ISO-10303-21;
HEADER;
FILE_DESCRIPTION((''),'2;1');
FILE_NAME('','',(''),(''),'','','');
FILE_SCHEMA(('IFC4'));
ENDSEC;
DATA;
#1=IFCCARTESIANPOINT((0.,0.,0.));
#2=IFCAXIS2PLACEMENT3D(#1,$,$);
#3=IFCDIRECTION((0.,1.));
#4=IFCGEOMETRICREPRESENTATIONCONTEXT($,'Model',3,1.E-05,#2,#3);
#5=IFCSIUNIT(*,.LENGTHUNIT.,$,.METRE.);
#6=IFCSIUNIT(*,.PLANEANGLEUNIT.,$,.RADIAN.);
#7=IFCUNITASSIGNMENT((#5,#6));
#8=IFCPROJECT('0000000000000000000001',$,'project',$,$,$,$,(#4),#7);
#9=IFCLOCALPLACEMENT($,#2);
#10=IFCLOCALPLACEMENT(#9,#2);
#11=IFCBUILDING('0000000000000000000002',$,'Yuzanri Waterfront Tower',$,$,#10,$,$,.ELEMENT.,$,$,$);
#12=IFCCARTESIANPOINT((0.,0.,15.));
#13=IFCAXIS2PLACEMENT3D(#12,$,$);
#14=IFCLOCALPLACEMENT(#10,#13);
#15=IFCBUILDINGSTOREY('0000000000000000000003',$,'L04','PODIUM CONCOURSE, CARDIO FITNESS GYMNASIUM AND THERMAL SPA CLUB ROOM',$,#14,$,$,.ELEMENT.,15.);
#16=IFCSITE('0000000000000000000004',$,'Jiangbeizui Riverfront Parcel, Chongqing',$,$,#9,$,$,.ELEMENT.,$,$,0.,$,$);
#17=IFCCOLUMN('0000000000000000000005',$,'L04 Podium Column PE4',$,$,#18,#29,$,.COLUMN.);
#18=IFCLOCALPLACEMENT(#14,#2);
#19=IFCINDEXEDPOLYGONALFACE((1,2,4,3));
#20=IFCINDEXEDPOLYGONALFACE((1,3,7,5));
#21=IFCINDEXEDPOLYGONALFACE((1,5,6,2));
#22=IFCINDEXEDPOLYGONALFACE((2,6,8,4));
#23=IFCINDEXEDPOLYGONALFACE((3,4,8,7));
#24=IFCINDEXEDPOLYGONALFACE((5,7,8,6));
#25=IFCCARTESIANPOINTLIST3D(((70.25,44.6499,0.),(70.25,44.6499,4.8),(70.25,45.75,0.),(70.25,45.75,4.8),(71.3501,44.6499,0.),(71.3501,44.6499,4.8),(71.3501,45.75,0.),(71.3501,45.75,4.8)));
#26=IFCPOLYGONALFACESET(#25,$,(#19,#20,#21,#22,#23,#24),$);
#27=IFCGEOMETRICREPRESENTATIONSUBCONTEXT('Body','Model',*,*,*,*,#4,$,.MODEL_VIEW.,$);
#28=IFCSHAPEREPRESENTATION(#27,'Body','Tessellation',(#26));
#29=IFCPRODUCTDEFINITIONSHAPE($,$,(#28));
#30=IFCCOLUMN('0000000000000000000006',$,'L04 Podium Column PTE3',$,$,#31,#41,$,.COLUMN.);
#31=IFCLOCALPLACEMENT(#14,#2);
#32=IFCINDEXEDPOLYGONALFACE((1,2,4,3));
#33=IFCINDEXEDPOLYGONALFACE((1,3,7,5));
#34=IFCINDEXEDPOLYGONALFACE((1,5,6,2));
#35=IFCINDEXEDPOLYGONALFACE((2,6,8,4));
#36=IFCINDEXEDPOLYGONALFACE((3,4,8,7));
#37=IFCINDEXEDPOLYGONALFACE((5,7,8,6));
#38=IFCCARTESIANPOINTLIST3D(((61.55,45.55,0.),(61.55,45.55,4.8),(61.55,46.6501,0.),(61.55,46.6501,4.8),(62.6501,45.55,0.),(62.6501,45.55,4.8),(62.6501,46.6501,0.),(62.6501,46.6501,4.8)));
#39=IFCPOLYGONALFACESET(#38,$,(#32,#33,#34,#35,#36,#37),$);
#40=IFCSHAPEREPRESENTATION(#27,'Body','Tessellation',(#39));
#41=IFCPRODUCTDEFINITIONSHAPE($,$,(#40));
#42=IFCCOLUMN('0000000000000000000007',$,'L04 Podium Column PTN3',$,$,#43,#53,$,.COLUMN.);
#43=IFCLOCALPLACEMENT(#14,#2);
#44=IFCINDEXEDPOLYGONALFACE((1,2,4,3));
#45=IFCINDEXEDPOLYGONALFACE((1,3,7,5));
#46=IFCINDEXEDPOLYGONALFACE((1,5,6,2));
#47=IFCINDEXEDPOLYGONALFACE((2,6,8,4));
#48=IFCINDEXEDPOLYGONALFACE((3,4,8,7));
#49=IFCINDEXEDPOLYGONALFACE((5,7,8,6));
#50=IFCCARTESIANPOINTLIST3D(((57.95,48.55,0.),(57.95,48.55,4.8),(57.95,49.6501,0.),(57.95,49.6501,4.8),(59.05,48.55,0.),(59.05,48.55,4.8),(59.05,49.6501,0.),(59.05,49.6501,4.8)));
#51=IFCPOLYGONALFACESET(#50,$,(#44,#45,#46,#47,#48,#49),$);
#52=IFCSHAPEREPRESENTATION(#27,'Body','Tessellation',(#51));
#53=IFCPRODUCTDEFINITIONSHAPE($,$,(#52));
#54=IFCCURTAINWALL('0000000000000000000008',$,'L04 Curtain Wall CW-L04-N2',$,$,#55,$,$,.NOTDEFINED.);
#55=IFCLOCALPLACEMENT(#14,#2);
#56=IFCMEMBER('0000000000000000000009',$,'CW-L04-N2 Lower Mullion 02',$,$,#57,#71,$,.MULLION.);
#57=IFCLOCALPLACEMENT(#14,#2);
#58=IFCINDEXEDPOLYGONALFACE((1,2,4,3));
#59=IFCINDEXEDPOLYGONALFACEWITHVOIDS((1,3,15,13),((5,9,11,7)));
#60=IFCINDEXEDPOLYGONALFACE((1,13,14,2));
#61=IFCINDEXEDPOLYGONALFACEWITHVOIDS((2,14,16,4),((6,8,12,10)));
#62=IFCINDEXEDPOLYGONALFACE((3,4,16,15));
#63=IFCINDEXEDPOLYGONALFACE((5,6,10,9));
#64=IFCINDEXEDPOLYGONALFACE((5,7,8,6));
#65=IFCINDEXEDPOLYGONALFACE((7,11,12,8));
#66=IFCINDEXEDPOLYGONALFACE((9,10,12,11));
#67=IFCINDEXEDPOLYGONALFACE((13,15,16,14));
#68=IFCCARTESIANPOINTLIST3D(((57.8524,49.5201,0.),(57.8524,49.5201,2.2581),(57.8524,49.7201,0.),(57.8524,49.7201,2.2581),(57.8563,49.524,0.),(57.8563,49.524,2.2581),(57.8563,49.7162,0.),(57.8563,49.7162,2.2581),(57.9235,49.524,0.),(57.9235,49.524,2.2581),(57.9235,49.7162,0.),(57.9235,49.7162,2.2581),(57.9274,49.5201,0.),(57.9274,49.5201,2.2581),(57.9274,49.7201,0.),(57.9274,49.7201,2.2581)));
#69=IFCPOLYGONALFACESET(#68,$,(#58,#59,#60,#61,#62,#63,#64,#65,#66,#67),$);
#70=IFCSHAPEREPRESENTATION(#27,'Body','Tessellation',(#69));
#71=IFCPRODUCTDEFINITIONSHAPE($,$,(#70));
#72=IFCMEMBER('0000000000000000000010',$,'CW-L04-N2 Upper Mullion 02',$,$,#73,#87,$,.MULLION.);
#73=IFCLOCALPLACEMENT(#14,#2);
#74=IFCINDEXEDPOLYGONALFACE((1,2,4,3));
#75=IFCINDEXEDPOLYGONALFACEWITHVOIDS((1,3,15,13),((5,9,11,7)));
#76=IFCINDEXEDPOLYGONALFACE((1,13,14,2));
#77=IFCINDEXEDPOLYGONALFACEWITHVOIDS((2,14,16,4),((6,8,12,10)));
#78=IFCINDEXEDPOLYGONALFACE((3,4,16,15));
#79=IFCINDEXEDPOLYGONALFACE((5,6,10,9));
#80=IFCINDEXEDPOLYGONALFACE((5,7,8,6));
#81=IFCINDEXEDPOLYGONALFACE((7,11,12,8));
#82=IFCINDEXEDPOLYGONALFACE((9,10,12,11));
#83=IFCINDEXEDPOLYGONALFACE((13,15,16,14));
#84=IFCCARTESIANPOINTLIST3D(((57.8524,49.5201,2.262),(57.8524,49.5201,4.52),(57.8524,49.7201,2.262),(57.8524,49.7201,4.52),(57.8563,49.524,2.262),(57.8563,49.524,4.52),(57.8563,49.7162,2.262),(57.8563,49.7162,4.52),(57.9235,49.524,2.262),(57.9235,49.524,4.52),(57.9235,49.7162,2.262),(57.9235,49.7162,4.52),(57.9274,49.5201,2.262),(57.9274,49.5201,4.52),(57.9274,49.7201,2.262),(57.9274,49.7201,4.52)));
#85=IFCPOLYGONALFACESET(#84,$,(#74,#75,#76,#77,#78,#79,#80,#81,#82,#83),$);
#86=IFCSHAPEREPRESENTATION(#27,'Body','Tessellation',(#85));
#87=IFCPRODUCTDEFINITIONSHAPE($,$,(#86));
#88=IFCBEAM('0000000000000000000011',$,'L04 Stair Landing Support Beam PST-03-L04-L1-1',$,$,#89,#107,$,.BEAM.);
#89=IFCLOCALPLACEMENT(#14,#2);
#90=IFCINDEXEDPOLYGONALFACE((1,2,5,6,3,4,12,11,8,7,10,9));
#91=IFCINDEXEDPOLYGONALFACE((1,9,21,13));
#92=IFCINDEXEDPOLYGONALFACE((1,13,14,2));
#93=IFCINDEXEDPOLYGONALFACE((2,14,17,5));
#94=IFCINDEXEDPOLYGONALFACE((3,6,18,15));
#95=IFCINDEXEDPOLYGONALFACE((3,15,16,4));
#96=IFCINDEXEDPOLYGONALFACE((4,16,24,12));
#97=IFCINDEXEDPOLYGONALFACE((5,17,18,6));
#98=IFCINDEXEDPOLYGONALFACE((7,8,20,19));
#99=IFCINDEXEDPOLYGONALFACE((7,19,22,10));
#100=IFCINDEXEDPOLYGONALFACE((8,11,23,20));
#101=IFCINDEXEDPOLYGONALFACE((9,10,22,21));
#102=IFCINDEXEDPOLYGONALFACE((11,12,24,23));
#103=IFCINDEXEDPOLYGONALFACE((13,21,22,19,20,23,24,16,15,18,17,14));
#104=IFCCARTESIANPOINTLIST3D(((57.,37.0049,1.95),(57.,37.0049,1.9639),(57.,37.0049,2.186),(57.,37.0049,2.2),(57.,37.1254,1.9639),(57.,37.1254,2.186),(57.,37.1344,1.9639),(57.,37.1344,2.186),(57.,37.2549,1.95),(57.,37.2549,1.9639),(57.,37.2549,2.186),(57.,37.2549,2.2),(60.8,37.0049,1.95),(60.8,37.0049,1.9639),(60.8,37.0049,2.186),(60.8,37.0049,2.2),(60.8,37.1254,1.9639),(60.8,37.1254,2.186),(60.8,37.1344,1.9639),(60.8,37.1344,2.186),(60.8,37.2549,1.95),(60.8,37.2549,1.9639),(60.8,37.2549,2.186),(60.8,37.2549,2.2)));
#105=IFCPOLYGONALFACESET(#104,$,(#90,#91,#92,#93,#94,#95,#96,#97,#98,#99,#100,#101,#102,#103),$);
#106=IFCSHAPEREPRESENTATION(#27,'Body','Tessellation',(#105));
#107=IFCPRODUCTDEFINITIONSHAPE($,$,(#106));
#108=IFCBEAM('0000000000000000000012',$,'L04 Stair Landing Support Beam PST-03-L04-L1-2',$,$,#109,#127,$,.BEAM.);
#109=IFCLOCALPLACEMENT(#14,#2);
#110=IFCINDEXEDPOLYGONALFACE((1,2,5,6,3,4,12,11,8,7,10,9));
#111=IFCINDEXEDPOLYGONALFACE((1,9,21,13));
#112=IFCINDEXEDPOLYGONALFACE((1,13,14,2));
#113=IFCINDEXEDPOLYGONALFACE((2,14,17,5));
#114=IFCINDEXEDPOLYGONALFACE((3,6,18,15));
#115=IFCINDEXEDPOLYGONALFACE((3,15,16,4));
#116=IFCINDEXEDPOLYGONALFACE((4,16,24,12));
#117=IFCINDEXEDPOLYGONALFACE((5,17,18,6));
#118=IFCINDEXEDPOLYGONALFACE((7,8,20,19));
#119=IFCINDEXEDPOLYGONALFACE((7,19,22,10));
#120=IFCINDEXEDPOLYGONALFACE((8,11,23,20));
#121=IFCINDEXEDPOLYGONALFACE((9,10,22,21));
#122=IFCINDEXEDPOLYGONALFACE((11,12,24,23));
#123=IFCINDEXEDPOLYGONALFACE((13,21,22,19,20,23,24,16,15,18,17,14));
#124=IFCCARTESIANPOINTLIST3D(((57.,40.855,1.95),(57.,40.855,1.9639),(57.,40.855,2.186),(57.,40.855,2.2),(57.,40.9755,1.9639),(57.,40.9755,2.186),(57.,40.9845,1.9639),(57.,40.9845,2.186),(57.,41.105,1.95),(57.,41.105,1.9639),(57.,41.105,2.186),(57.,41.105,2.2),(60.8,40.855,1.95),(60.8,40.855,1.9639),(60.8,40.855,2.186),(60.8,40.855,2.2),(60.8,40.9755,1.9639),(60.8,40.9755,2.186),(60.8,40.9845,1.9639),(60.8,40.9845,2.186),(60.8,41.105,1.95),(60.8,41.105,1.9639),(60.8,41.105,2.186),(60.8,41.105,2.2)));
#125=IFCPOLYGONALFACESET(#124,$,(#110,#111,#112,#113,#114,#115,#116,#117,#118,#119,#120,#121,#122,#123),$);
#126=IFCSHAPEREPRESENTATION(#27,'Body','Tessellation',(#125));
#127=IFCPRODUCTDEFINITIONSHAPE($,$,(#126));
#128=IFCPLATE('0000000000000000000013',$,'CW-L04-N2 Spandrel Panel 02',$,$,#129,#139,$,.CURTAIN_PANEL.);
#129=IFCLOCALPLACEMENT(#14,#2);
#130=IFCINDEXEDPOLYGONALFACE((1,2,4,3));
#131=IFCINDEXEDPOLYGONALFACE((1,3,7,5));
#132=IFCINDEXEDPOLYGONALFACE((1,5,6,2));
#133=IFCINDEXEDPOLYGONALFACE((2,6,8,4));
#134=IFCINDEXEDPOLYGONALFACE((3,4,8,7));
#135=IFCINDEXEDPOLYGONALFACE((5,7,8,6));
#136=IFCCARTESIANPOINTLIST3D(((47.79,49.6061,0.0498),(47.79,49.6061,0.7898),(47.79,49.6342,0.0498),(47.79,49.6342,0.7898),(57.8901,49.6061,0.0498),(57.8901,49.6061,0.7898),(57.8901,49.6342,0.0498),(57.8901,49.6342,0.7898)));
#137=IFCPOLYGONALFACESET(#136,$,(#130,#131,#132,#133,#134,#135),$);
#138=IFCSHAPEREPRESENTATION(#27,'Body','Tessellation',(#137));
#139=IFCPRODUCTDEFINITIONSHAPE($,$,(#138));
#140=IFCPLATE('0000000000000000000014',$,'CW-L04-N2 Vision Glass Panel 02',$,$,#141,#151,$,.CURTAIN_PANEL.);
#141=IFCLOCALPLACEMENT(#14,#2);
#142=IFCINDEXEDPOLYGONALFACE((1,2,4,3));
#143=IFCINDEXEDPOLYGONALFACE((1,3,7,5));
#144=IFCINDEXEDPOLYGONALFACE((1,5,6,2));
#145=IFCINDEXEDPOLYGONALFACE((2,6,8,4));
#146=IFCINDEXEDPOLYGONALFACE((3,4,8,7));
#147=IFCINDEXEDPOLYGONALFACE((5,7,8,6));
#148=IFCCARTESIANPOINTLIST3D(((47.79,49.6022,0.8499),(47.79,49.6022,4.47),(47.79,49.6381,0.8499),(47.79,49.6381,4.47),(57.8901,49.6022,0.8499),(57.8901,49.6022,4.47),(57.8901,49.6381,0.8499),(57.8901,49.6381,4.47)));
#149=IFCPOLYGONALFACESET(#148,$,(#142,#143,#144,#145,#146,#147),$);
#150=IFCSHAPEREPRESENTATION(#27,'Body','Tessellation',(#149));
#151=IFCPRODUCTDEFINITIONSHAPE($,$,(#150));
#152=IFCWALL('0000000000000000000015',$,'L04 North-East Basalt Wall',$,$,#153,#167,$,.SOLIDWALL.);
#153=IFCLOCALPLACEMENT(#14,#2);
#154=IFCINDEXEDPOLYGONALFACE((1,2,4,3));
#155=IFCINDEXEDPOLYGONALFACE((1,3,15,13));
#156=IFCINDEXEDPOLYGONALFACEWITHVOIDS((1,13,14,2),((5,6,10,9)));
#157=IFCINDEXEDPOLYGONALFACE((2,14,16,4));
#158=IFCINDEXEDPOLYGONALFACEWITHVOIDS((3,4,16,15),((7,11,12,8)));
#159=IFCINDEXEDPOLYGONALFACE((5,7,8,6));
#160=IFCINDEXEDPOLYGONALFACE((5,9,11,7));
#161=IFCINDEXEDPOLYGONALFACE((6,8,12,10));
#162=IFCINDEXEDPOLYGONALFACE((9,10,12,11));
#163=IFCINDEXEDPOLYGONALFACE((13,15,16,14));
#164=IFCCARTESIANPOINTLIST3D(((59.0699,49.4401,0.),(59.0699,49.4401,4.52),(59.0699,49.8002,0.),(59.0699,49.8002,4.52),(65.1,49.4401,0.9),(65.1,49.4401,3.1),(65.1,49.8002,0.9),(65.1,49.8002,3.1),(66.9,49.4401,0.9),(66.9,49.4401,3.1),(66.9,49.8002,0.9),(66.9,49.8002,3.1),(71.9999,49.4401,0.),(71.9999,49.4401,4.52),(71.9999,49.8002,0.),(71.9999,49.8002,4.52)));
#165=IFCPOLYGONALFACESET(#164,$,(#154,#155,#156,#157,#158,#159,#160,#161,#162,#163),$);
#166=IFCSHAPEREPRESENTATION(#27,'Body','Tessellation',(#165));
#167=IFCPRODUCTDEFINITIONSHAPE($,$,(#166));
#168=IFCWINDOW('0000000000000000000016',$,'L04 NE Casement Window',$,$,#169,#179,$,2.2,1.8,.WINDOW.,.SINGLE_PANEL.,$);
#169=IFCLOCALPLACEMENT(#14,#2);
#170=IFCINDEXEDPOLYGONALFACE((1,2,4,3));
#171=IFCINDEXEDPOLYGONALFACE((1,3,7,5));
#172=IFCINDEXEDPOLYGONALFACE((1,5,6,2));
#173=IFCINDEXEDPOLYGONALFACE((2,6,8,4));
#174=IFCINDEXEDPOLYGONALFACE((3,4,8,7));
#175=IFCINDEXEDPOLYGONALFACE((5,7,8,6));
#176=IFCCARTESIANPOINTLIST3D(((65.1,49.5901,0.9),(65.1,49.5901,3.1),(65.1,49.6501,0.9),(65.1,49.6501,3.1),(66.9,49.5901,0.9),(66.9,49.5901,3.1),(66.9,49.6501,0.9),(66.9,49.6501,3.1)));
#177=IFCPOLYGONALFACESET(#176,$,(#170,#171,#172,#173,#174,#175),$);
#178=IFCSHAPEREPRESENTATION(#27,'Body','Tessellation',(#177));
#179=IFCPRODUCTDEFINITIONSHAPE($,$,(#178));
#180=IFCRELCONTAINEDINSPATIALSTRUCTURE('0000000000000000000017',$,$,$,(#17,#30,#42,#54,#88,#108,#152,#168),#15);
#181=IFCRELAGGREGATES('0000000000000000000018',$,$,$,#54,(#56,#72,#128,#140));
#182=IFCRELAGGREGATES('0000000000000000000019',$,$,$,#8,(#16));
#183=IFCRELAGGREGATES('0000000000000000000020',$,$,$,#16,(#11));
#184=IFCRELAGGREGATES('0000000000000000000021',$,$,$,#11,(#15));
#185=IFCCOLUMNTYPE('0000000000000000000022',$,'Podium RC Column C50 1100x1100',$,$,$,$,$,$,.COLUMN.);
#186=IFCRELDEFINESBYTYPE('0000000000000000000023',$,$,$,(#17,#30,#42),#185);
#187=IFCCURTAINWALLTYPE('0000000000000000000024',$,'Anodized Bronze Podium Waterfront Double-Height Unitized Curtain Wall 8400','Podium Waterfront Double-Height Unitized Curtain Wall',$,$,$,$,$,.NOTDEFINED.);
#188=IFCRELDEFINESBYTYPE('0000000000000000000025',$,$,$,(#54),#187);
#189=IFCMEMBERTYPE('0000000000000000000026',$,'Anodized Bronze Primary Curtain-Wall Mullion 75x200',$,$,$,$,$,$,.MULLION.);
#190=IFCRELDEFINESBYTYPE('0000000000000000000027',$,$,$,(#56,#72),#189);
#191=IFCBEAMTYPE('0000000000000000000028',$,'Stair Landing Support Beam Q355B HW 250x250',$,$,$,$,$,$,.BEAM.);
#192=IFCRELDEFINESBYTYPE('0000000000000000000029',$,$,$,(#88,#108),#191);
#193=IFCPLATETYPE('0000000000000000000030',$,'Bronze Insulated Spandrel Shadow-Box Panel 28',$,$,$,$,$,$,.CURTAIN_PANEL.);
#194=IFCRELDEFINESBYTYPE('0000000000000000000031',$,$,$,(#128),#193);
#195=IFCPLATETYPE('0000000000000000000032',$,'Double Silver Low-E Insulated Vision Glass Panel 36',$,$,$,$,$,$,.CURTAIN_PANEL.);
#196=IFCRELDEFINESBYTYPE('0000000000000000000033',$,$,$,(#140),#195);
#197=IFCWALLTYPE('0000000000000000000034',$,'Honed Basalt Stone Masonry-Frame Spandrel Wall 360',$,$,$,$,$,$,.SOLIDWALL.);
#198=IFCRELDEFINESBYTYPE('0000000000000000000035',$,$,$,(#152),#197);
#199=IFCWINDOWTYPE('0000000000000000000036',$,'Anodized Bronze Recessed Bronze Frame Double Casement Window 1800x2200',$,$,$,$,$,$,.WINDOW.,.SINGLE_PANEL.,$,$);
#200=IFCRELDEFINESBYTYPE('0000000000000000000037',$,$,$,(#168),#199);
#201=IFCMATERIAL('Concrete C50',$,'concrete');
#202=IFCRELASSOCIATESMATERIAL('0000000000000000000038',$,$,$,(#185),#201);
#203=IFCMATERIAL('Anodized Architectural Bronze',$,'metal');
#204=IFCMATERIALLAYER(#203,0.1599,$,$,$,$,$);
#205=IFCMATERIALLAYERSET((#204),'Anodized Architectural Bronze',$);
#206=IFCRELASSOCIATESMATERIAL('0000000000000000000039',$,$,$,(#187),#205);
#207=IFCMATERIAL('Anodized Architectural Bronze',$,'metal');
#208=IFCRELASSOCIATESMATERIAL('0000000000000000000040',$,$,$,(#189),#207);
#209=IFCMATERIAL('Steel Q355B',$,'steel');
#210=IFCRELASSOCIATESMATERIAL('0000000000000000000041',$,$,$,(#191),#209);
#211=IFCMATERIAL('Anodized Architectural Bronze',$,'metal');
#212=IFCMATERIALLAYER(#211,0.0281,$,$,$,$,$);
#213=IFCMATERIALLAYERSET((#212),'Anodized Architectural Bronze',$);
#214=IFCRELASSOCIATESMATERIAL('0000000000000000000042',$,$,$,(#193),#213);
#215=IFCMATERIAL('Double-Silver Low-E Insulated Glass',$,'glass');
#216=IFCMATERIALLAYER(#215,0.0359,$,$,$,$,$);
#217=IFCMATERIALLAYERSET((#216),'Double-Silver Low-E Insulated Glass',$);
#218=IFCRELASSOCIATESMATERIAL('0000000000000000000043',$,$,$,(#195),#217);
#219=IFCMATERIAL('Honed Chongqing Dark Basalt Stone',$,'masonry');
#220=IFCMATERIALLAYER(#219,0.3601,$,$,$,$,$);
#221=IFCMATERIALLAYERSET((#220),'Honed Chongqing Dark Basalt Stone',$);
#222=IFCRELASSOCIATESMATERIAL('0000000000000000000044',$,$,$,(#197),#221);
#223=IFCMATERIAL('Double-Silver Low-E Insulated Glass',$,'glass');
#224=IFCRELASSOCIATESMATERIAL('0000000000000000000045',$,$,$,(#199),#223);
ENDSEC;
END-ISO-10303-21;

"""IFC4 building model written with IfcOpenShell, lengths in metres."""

from ifc_helpers import new_model, si_unit, direction, frame, frame_2d, origin, origin_2d, place, context, subcontext, project, spatial, rectangle, hollow_rectangle, i_section, extrude, source, transform, mapped, material, layer, layer_set, material_profile, profile_set, type_object, element, fill, aggregate, save


model = new_model("IFC4")

# Units and contexts
model_context = context("Model", 3, precision=1e-05, world=origin(), true_north=direction((0.0, 1.0)))
body_context = subcontext(model_context, "Body", "Model", "MODEL_VIEW")
ifc_project = project(units=[si_unit("LENGTHUNIT", "METRE"), si_unit("PLANEANGLEUNIT", "RADIAN")], contexts=[model_context])

# Site, building, storey
site_placement = place(None, origin())
site = spatial("IfcSite", under=ifc_project, at=site_placement, Name="Jiangbeizui Riverfront Parcel, Chongqing", CompositionType="ELEMENT", RefElevation=0.0)
building_placement = place(site_placement, origin())
building = spatial("IfcBuilding", under=site, at=building_placement, Name="Yuzanri Waterfront Tower", CompositionType="ELEMENT")
storey_placement = place(building_placement, frame((0.0, 0.0, 15.0)))
storey = spatial("IfcBuildingStorey", under=building, at=storey_placement, Name="L04", Description="PODIUM CONCOURSE, CARDIO FITNESS GYMNASIUM AND THERMAL SPA CLUB ROOM", CompositionType="ELEMENT", Elevation=15.0)

# Columns
ifc_material_1 = material(Name="Concrete C50", Category="concrete")
ifc_material_profile_1 = material_profile(ifc_material_1, rectangle(XDim=1.1001, YDim=1.1001, at=origin_2d()), Name="RC 1100x1100")
ifc_profile_set_1 = profile_set([ifc_material_profile_1], Name="Concrete C50")
column_type = type_object("IfcColumnType", Name="Podium RC Column C50 1100x1100", PredefinedType="COLUMN", material=ifc_profile_set_1)
shared_shape_1 = source(origin(), body_context, "Body", "SweptSolid", [
    extrude(rectangle(XDim=1.1001, YDim=1.1001, at=origin_2d()), origin(), (0.0, 0.0, 1.0), 4.8),
])
for number, where, z_axis, x_axis, name in (
    (1, (70.8, 45.2, 0.0), (0.0, 0.0, 1.0), (1.0, 0.0, 0.0), "L04 Podium Column PE4"),
    (2, (62.1001, 46.1001, 0.0), (0.0, 0.0, 1.0), (1.0, 0.0, 0.0), "L04 Podium Column PTE3"),
    (3, (58.5, 49.1001, 0.0), (0.0, 0.0, 1.0), (1.0, 0.0, 0.0), "L04 Podium Column PTN3"),
):
    element("IfcColumn", number, at=place(storey_placement, frame(where, z_axis=z_axis, x_axis=x_axis)), inside=storey, type_object=column_type, Name=name, PredefinedType="COLUMN", context=body_context, shape_type="MappedRepresentation", body=[
        mapped(shared_shape_1, transform((0.0, 0.0, 0.0), scale=1.0)),
    ])

# Curtain wall, members
ifc_material_2 = material(Name="Anodized Architectural Bronze", Category="metal")
ifc_layer_1 = layer(ifc_material_2, 0.1599)
ifc_layer_set_1 = layer_set([ifc_layer_1], Name="Anodized Architectural Bronze")
curtain_wall_type = type_object("IfcCurtainWallType", Name="Anodized Bronze Podium Waterfront Double-Height Unitized Curtain Wall 8400", Description="Podium Waterfront Double-Height Unitized Curtain Wall", PredefinedType="NOTDEFINED", material=ifc_layer_set_1)
curtain_wall_placement = place(storey_placement, origin())
curtain_wall = element("IfcCurtainWall", 4, at=curtain_wall_placement, inside=storey, type_object=curtain_wall_type, Name="L04 Curtain Wall CW-L04-N2", PredefinedType="NOTDEFINED")
ifc_material_3 = material(Name="Anodized Architectural Bronze", Category="metal")
ifc_material_profile_2 = material_profile(ifc_material_3, hollow_rectangle(XDim=0.075, YDim=0.2, WallThickness=0.0039, at=origin_2d()), Name="CWM 75x200")
ifc_profile_set_2 = profile_set([ifc_material_profile_2], Name="Anodized Architectural Bronze")
member_type = type_object("IfcMemberType", Name="Anodized Bronze Primary Curtain-Wall Mullion 75x200", PredefinedType="MULLION", material=ifc_profile_set_2)
shared_shape_2 = source(origin(), body_context, "Body", "SweptSolid", [
    extrude(hollow_rectangle(XDim=0.075, YDim=0.2, WallThickness=0.0039, at=origin_2d()), origin(), (0.0, 0.0, 1.0), 2.2581),
])
member_1_placement = place(storey_placement, frame((57.8899, 49.6201, 0.0), z_axis=(0.0, 0.0, 1.0), x_axis=(1.0, 0.0, 0.0)))
member_1 = element("IfcMember", 5, at=member_1_placement, type_object=member_type, Name="CW-L04-N2 Lower Mullion 02", PredefinedType="MULLION", context=body_context, shape_type="MappedRepresentation", body=[
    mapped(shared_shape_2, transform((0.0, 0.0, 0.0), scale=1.0)),
])
member_2_placement = place(storey_placement, frame((57.8899, 49.6201, 2.262), z_axis=(0.0, 0.0, 1.0), x_axis=(1.0, 0.0, 0.0)))
member_2 = element("IfcMember", 6, at=member_2_placement, type_object=member_type, Name="CW-L04-N2 Upper Mullion 02", PredefinedType="MULLION", context=body_context, shape_type="MappedRepresentation", body=[
    mapped(shared_shape_2, transform((0.0, 0.0, 0.0), scale=1.0)),
])

# Beams
ifc_material_4 = material(Name="Steel Q355B", Category="steel")
ifc_material_profile_3 = material_profile(ifc_material_4, i_section(OverallWidth=0.25, OverallDepth=0.25, WebThickness=0.009, FlangeThickness=0.0139, at=origin_2d()), Name="HW 250x250x9x14")
ifc_profile_set_3 = profile_set([ifc_material_profile_3], Name="Steel Q355B")
beam_type = type_object("IfcBeamType", Name="Stair Landing Support Beam Q355B HW 250x250", PredefinedType="BEAM", material=ifc_profile_set_3)
shared_shape_3 = source(origin(), body_context, "Body", "SweptSolid", [
    extrude(i_section(OverallWidth=0.25, OverallDepth=0.25, WebThickness=0.009, FlangeThickness=0.0139, at=origin_2d()), origin(), (0.0, 0.0, 1.0), 3.8),
])
for number, where, z_axis, x_axis, name in (
    (7, (57.0, 37.1299, 2.075), (1.0, 0.0, 0.0), (0.0, 1.0, 0.0), "L04 Stair Landing Support Beam PST-03-L04-L1-1"),
    (8, (57.0, 40.98, 2.075), (1.0, 0.0, 0.0), (0.0, 1.0, 0.0), "L04 Stair Landing Support Beam PST-03-L04-L1-2"),
):
    element("IfcBeam", number, at=place(storey_placement, frame(where, z_axis=z_axis, x_axis=x_axis)), inside=storey, type_object=beam_type, Name=name, PredefinedType="BEAM", context=body_context, shape_type="MappedRepresentation", body=[
        mapped(shared_shape_3, transform((0.0, 0.0, 0.0), scale=1.0)),
    ])

# Plates
ifc_material_5 = material(Name="Anodized Architectural Bronze", Category="metal")
ifc_layer_2 = layer(ifc_material_5, 0.0281)
ifc_layer_set_2 = layer_set([ifc_layer_2], Name="Anodized Architectural Bronze")
plate_type_1 = type_object("IfcPlateType", Name="Bronze Insulated Spandrel Shadow-Box Panel 28", PredefinedType="CURTAIN_PANEL", material=ifc_layer_set_2)
shared_shape_4 = source(origin(), body_context, "Body", "SweptSolid", [
    extrude(rectangle(XDim=10.1001, YDim=0.0281, at=origin_2d()), origin(), (0.0, 0.0, 1.0), 0.74),
])
plate_1_placement = place(storey_placement, frame((52.8401, 49.6201, 0.0498), z_axis=(0.0, 0.0, 1.0), x_axis=(1.0, 0.0, 0.0)))
plate_1 = element("IfcPlate", 9, at=plate_1_placement, type_object=plate_type_1, Name="CW-L04-N2 Spandrel Panel 02", PredefinedType="CURTAIN_PANEL", context=body_context, shape_type="MappedRepresentation", body=[
    mapped(shared_shape_4, transform((0.0, 0.0, 0.0), scale=1.0)),
])
ifc_material_6 = material(Name="Double-Silver Low-E Insulated Glass", Category="glass")
ifc_layer_3 = layer(ifc_material_6, 0.0359)
ifc_layer_set_3 = layer_set([ifc_layer_3], Name="Double-Silver Low-E Insulated Glass")
plate_type_2 = type_object("IfcPlateType", Name="Double Silver Low-E Insulated Vision Glass Panel 36", PredefinedType="CURTAIN_PANEL", material=ifc_layer_set_3)
shared_shape_5 = source(origin(), body_context, "Body", "SweptSolid", [
    extrude(rectangle(XDim=10.1001, YDim=0.0359, at=origin_2d()), origin(), (0.0, 0.0, 1.0), 3.6201),
])
plate_2_placement = place(storey_placement, frame((52.8401, 49.6201, 0.8499), z_axis=(0.0, 0.0, 1.0), x_axis=(1.0, 0.0, 0.0)))
plate_2 = element("IfcPlate", 10, at=plate_2_placement, type_object=plate_type_2, Name="CW-L04-N2 Vision Glass Panel 02", PredefinedType="CURTAIN_PANEL", context=body_context, shape_type="MappedRepresentation", body=[
    mapped(shared_shape_5, transform((0.0, 0.0, 0.0), scale=1.0)),
])
aggregate(curtain_wall, [member_1, member_2, plate_1, plate_2])

# Wall, opening, window
ifc_material_7 = material(Name="Honed Chongqing Dark Basalt Stone", Category="masonry")
ifc_layer_4 = layer(ifc_material_7, 0.3601)
ifc_layer_set_4 = layer_set([ifc_layer_4], Name="Honed Chongqing Dark Basalt Stone")
wall_type_1 = type_object("IfcWallType", Name="Honed Basalt Stone Masonry-Frame Spandrel Wall 360", PredefinedType="SOLIDWALL", material=ifc_layer_set_4)
wall_1_placement = place(storey_placement, frame((59.0701, 49.6201, 0.0), z_axis=(0.0, 0.0, 1.0), x_axis=(1.0, 0.0, 0.0)))
wall_1 = element("IfcWall", 11, at=wall_1_placement, inside=storey, type_object=wall_type_1, Name="L04 North-East Basalt Wall", PredefinedType="SOLIDWALL", context=body_context, shape_type="SweptSolid", body=[
    extrude(rectangle(XDim=12.9299, YDim=0.3601, at=frame_2d((6.4648, 0.0))), origin(), (0.0, 0.0, 1.0), 4.52),
])
opening_placement = place(wall_1_placement, frame((6.03, 0.0, 0.8999)))
opening = element("IfcOpeningElement", 12, at=opening_placement, cuts=wall_1, PredefinedType="OPENING", context=body_context, shape_type="SweptSolid", body=[
    extrude(rectangle(XDim=1.8, YDim=2.2, at=frame_2d((0.8999, 1.1001))), frame((0.0, 0.1948, 0.0), z_axis=(0.0, -1.0, 0.0), x_axis=(1.0, 0.0, 0.0)), (0.0, 0.0, 1.0), 0.3899),
])
ifc_material_8 = material(Name="Double-Silver Low-E Insulated Glass", Category="glass")
window_type = type_object("IfcWindowType", Name="Anodized Bronze Recessed Bronze Frame Double Casement Window 1800x2200", PartitioningType="SINGLE_PANEL", PredefinedType="WINDOW", material=ifc_material_8)
shared_shape_6 = source(origin(), body_context, "Body", "SweptSolid", [
    extrude(rectangle(XDim=1.8, YDim=2.2, at=frame_2d((0.8999, 1.1001))), frame((0.0, 0.03, 0.0), z_axis=(0.0, -1.0, 0.0), x_axis=(1.0, 0.0, 0.0)), (0.0, 0.0, 1.0), 0.0601),
])
window_placement = place(opening_placement, origin())
window = element("IfcWindow", 13, at=window_placement, inside=storey, type_object=window_type, Name="L04 NE Casement Window", OverallHeight=2.2, OverallWidth=1.8, PartitioningType="SINGLE_PANEL", PredefinedType="WINDOW", context=body_context, shape_type="MappedRepresentation", body=[
    mapped(shared_shape_6, transform((0.0, 0.0, 0.0), scale=1.0)),
])
fill(opening, window)

save(model, "model.ifc")
